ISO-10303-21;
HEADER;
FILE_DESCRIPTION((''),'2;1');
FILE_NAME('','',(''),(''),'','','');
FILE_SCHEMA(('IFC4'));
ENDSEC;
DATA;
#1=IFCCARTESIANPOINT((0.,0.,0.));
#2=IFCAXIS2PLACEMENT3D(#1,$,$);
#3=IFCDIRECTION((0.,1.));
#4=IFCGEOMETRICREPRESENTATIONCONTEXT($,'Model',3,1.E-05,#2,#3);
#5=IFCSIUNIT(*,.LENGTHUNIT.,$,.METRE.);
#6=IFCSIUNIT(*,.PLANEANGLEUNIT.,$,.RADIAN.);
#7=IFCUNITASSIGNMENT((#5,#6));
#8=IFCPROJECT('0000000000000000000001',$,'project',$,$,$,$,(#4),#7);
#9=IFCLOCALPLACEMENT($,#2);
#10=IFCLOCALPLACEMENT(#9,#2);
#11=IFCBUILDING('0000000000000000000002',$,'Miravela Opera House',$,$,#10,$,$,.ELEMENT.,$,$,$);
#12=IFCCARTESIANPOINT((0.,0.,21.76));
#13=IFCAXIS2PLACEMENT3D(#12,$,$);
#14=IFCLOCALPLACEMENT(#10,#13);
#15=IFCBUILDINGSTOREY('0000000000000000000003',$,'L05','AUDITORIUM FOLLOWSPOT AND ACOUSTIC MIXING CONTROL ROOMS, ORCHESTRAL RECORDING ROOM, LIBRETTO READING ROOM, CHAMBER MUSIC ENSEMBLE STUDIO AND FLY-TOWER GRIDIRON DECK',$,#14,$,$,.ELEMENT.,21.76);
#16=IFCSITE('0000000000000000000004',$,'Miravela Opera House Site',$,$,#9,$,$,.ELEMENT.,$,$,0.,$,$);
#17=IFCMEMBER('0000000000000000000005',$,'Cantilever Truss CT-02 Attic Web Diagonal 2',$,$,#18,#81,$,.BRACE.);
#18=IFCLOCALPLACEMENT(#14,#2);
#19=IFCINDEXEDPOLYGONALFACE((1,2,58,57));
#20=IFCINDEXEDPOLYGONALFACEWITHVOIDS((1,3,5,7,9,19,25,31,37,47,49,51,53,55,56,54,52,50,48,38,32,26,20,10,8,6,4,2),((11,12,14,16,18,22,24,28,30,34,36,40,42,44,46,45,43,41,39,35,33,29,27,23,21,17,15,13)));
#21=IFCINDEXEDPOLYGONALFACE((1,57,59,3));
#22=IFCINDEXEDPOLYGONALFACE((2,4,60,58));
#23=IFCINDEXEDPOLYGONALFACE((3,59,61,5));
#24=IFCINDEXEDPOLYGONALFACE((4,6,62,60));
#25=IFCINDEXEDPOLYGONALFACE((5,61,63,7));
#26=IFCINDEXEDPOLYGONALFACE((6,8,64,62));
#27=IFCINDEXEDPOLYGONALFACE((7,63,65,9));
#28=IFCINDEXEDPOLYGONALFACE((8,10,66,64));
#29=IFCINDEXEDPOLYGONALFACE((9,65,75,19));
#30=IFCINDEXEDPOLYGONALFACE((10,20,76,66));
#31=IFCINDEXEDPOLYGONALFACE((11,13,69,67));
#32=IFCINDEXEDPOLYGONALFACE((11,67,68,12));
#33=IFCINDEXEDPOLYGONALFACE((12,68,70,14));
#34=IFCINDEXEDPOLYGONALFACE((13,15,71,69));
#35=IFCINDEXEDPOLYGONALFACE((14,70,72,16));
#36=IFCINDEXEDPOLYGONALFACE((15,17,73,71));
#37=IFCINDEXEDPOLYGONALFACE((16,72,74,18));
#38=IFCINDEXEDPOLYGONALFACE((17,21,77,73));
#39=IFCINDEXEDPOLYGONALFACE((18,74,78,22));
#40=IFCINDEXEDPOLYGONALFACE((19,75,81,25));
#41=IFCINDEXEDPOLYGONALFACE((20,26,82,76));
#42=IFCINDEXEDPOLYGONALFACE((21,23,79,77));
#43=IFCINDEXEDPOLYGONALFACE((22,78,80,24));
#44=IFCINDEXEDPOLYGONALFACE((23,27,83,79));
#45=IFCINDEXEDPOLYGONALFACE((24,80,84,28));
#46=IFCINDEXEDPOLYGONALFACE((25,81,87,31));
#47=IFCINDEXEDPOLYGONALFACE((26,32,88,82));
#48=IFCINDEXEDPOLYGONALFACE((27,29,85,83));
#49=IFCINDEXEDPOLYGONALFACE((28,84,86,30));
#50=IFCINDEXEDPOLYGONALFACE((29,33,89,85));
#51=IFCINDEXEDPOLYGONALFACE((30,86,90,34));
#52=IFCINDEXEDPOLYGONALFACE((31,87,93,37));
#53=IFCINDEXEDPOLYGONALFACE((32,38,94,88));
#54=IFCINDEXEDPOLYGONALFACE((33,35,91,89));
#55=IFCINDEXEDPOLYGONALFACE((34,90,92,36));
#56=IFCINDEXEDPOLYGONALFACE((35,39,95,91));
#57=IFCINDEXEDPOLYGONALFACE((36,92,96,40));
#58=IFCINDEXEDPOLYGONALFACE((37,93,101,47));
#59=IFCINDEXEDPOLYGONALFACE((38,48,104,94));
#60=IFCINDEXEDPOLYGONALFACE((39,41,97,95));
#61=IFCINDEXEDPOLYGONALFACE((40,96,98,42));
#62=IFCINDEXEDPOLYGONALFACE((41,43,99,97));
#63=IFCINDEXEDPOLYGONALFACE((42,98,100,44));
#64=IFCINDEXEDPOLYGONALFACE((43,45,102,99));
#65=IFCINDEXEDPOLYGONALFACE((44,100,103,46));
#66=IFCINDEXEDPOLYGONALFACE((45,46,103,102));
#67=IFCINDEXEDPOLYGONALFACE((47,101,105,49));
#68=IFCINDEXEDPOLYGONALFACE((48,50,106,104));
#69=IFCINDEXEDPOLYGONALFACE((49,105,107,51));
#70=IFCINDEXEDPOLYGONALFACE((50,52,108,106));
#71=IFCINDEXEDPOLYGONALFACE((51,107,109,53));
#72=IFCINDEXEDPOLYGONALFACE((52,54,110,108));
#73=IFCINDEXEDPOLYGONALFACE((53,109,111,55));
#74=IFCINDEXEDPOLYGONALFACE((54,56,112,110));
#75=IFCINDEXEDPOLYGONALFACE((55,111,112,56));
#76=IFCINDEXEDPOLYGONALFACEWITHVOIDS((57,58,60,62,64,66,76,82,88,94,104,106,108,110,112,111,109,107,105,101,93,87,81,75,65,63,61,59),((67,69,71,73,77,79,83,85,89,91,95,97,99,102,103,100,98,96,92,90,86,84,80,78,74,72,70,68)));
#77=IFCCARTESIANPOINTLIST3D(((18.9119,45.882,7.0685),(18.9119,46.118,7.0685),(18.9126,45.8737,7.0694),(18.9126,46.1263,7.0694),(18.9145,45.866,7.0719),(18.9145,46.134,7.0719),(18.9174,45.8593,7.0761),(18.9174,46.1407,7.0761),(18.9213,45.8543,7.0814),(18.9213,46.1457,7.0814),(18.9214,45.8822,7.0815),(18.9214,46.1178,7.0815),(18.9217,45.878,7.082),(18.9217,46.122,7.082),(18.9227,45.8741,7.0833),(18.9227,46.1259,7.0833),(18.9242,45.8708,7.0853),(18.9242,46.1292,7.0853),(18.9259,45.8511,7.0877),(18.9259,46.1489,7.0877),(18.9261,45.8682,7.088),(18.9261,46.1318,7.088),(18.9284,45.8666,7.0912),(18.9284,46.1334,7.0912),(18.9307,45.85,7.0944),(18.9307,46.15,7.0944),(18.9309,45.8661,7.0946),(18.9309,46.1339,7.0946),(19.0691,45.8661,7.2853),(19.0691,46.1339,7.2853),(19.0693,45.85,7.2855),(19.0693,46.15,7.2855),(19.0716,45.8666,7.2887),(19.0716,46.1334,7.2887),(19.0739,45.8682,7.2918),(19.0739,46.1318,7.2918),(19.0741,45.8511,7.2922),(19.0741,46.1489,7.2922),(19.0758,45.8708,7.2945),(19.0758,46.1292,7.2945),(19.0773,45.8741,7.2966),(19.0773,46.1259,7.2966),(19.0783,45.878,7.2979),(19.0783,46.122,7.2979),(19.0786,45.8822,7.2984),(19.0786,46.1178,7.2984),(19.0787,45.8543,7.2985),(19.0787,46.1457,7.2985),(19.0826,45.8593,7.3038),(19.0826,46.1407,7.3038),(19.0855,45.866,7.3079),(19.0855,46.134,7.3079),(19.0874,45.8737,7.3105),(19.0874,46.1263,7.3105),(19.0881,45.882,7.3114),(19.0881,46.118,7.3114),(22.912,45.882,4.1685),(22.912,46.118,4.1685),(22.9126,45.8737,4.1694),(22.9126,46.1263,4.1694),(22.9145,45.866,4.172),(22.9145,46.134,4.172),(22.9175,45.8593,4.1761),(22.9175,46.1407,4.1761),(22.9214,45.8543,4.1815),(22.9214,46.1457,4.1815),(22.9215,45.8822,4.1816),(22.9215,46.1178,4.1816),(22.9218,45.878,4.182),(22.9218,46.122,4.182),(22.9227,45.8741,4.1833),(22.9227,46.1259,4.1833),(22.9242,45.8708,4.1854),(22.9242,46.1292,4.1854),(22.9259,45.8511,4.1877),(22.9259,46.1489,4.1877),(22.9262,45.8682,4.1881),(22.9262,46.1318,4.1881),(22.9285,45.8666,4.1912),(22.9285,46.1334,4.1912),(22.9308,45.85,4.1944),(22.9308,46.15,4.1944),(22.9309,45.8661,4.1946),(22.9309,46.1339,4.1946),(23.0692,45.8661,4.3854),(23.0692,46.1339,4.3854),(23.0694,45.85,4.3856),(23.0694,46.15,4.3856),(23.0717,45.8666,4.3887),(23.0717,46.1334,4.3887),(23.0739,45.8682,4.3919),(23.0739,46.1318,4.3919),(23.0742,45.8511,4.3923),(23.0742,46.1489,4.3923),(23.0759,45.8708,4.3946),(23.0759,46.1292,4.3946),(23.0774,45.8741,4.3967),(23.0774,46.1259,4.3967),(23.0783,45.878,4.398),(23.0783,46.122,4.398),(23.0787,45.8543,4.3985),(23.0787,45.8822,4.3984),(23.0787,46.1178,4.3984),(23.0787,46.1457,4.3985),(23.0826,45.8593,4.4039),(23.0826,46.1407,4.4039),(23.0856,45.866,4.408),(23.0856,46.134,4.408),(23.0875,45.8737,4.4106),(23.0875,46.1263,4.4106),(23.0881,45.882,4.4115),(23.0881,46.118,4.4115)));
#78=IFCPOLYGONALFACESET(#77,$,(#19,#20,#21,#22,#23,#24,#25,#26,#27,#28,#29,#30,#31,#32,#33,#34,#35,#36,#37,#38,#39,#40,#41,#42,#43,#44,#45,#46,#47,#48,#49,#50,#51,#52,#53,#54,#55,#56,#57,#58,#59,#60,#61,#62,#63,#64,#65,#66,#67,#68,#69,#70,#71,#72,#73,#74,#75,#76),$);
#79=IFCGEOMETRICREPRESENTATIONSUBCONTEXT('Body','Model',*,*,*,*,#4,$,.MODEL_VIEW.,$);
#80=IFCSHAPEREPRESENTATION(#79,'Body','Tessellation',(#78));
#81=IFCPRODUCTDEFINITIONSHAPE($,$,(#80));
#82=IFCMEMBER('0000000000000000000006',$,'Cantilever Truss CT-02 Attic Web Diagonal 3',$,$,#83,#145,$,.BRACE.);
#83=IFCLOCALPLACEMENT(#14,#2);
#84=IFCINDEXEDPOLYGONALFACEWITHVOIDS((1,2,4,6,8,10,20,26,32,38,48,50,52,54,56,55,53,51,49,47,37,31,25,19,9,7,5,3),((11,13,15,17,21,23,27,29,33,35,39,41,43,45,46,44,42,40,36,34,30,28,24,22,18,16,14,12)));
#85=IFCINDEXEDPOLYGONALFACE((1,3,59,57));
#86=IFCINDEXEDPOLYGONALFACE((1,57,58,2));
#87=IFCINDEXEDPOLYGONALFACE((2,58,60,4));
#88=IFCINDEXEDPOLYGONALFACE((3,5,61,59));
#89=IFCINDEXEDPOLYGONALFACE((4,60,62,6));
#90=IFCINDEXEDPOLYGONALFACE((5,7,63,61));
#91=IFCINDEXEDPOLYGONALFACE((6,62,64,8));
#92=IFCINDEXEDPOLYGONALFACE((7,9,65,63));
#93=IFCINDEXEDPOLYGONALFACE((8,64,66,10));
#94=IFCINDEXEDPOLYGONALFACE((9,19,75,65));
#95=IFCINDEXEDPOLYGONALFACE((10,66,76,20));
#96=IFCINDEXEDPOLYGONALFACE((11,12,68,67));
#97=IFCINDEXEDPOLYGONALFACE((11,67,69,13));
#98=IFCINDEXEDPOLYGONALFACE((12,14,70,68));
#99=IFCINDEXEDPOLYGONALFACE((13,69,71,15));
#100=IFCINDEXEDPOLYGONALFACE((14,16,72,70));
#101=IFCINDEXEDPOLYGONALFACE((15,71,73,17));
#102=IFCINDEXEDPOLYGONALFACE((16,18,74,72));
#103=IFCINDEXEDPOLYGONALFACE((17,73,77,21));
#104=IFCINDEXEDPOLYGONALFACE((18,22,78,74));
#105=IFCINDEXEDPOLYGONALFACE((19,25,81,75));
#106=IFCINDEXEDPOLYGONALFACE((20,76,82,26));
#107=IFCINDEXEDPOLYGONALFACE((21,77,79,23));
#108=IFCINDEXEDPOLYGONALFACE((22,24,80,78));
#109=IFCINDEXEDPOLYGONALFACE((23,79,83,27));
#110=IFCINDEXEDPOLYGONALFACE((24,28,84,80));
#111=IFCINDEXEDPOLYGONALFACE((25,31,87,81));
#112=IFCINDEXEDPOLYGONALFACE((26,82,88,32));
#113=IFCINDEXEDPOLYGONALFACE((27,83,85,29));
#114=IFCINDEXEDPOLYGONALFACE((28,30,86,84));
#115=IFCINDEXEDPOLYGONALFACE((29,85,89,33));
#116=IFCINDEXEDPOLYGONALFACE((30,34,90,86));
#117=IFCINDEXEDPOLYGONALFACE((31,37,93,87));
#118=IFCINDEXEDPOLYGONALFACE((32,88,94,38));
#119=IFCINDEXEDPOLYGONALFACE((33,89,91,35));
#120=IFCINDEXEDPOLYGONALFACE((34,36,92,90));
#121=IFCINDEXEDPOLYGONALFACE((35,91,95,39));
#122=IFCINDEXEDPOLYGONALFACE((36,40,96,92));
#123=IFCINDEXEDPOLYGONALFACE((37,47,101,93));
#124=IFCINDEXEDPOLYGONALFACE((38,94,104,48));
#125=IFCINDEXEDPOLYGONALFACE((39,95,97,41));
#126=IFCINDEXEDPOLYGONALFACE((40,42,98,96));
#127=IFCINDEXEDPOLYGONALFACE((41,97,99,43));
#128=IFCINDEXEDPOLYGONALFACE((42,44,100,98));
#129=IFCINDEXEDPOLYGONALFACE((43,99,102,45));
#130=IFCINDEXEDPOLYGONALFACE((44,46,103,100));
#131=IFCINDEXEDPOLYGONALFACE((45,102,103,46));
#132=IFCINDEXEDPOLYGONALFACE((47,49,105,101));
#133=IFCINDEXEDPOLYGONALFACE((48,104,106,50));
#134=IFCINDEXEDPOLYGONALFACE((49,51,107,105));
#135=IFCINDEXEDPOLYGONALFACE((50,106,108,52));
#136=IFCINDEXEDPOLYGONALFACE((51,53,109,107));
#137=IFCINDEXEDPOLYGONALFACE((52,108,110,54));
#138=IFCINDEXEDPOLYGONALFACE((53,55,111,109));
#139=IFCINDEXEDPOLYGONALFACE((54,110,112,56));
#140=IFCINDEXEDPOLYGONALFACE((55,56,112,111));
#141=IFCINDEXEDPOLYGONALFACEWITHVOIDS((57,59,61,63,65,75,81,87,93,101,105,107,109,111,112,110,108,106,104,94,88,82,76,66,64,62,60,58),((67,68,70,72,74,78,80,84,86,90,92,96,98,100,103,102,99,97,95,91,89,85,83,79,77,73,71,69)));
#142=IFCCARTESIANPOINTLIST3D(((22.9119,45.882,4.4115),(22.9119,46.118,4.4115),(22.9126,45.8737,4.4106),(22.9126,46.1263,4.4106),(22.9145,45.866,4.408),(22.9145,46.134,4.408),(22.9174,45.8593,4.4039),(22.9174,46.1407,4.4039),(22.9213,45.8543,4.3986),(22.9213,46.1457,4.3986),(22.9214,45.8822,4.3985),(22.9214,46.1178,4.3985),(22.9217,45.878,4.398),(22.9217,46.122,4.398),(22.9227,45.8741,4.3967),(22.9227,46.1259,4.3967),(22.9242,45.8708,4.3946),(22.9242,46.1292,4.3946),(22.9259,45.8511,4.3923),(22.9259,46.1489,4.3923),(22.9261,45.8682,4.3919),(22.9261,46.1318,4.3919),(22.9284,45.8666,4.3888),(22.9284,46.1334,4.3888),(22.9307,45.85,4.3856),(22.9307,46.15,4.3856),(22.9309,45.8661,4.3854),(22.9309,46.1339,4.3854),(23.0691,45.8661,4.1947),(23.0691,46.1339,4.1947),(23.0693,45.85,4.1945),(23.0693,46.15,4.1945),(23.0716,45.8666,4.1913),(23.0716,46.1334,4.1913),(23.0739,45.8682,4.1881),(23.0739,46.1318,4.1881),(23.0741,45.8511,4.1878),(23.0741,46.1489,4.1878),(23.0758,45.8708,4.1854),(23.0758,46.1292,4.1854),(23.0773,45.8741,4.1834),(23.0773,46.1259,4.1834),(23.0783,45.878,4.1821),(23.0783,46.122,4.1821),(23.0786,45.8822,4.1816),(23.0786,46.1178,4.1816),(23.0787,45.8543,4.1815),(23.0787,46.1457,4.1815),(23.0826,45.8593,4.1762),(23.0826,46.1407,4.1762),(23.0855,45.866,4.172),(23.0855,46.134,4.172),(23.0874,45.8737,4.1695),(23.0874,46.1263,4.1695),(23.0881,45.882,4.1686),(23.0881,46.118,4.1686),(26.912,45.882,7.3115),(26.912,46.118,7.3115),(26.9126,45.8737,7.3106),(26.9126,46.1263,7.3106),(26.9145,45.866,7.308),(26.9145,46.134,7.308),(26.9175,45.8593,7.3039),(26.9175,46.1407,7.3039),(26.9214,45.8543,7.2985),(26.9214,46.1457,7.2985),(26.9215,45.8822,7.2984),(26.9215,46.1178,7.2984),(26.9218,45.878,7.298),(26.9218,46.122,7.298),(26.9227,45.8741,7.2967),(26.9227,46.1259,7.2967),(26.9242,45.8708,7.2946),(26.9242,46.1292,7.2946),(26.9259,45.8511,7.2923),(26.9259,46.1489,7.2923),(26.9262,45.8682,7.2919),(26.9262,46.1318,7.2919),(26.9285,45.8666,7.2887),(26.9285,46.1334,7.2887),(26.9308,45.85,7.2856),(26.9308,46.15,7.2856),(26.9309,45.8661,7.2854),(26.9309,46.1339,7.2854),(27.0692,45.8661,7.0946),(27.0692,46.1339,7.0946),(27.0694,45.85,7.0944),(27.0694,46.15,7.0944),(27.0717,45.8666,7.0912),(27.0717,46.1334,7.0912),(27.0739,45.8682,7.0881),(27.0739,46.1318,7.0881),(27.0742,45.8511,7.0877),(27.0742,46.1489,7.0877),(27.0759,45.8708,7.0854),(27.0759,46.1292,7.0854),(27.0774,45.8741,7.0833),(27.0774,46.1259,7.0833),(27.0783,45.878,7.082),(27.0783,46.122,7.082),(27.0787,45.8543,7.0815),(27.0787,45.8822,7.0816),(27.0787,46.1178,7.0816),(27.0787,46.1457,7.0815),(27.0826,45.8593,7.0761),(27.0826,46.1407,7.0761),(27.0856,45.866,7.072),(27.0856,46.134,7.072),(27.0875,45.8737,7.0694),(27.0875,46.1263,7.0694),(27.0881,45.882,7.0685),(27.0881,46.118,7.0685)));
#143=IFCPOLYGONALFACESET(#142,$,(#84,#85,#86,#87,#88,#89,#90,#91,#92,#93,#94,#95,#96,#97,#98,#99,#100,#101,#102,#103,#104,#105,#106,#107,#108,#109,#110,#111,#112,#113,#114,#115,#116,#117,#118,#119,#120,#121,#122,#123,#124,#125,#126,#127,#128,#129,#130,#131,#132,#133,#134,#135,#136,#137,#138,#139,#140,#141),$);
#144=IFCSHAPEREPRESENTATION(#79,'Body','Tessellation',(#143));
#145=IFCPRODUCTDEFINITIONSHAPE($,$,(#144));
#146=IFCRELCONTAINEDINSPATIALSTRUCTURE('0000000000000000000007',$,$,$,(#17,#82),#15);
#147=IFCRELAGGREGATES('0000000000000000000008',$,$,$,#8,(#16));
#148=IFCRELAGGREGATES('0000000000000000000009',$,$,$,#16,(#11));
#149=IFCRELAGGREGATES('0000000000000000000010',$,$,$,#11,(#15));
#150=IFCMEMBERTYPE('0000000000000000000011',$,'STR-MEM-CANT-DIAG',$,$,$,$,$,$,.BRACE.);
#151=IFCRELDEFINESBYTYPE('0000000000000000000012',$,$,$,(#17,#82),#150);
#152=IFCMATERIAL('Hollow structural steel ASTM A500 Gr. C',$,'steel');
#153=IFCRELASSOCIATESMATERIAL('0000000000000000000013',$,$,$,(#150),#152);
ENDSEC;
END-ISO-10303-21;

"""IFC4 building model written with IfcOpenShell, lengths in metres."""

from ifc_helpers import new_model, si_unit, direction, frame, origin, origin_2d, place, context, subcontext, project, spatial, hollow_rectangle, extrude, material, material_profile, profile_set, type_object, element, save


model = new_model("IFC4")

# Units and contexts
model_context = context("Model", 3, precision=1e-05, world=origin(), true_north=direction((0.0, 1.0)))
body_context = subcontext(model_context, "Body", "Model", "MODEL_VIEW")
ifc_project = project(units=[si_unit("LENGTHUNIT", "METRE"), si_unit("PLANEANGLEUNIT", "RADIAN")], contexts=[model_context])

# Site, building, storey
site_placement = place(None, origin())
site = spatial("IfcSite", under=ifc_project, at=site_placement, Name="Miravela Opera House Site", CompositionType="ELEMENT", RefElevation=0.0)
building_placement = place(site_placement, origin())
building = spatial("IfcBuilding", under=site, at=building_placement, Name="Miravela Opera House", CompositionType="ELEMENT")
storey_placement = place(building_placement, frame((0.0, 0.0, 21.76)))
storey = spatial("IfcBuildingStorey", under=building, at=storey_placement, Name="L05", Description="AUDITORIUM FOLLOWSPOT AND ACOUSTIC MIXING CONTROL ROOMS, ORCHESTRAL RECORDING ROOM, LIBRETTO READING ROOM, CHAMBER MUSIC ENSEMBLE STUDIO AND FLY-TOWER GRIDIRON DECK", CompositionType="ELEMENT", Elevation=21.76)

# Members
ifc_material_1 = material(Name="Hollow structural steel ASTM A500 Gr. C", Category="steel")
ifc_material_profile_1 = material_profile(ifc_material_1, hollow_rectangle(XDim=0.3, YDim=0.3, WallThickness=0.0161, InnerFilletRadius=0.0161, OuterFilletRadius=0.032, at=origin_2d()), Name="HSS300X300X16")
ifc_profile_set_1 = profile_set([ifc_material_profile_1])
member_type_1 = type_object("IfcMemberType", Name="STR-MEM-CANT-DIAG", PredefinedType="BRACE", material=ifc_profile_set_1)
for number, where, z_axis, x_axis, name in (
    (1, (19.0, 46.0, 7.1899), (0.80962, 0.0, -0.586955), (0.0, 1.0, 0.0), "Cantilever Truss CT-02 Attic Web Diagonal 2"),
    (2, (23.0, 46.0, 4.29), (0.80962, 0.0, 0.586955), (0.0, 1.0, 0.0), "Cantilever Truss CT-02 Attic Web Diagonal 3"),
):
    element("IfcMember", number, at=place(storey_placement, frame(where, z_axis=z_axis, x_axis=x_axis)), inside=storey, type_object=member_type_1, Name=name, PredefinedType="BRACE", context=body_context, shape_type="SweptSolid", body=[
        extrude(hollow_rectangle(XDim=0.3, YDim=0.3, WallThickness=0.0161, InnerFilletRadius=0.0161, OuterFilletRadius=0.032, at=origin_2d()), origin(), (0.0, 0.0, 1.0), 4.9407),
    ])

save(model, "model.ifc")
